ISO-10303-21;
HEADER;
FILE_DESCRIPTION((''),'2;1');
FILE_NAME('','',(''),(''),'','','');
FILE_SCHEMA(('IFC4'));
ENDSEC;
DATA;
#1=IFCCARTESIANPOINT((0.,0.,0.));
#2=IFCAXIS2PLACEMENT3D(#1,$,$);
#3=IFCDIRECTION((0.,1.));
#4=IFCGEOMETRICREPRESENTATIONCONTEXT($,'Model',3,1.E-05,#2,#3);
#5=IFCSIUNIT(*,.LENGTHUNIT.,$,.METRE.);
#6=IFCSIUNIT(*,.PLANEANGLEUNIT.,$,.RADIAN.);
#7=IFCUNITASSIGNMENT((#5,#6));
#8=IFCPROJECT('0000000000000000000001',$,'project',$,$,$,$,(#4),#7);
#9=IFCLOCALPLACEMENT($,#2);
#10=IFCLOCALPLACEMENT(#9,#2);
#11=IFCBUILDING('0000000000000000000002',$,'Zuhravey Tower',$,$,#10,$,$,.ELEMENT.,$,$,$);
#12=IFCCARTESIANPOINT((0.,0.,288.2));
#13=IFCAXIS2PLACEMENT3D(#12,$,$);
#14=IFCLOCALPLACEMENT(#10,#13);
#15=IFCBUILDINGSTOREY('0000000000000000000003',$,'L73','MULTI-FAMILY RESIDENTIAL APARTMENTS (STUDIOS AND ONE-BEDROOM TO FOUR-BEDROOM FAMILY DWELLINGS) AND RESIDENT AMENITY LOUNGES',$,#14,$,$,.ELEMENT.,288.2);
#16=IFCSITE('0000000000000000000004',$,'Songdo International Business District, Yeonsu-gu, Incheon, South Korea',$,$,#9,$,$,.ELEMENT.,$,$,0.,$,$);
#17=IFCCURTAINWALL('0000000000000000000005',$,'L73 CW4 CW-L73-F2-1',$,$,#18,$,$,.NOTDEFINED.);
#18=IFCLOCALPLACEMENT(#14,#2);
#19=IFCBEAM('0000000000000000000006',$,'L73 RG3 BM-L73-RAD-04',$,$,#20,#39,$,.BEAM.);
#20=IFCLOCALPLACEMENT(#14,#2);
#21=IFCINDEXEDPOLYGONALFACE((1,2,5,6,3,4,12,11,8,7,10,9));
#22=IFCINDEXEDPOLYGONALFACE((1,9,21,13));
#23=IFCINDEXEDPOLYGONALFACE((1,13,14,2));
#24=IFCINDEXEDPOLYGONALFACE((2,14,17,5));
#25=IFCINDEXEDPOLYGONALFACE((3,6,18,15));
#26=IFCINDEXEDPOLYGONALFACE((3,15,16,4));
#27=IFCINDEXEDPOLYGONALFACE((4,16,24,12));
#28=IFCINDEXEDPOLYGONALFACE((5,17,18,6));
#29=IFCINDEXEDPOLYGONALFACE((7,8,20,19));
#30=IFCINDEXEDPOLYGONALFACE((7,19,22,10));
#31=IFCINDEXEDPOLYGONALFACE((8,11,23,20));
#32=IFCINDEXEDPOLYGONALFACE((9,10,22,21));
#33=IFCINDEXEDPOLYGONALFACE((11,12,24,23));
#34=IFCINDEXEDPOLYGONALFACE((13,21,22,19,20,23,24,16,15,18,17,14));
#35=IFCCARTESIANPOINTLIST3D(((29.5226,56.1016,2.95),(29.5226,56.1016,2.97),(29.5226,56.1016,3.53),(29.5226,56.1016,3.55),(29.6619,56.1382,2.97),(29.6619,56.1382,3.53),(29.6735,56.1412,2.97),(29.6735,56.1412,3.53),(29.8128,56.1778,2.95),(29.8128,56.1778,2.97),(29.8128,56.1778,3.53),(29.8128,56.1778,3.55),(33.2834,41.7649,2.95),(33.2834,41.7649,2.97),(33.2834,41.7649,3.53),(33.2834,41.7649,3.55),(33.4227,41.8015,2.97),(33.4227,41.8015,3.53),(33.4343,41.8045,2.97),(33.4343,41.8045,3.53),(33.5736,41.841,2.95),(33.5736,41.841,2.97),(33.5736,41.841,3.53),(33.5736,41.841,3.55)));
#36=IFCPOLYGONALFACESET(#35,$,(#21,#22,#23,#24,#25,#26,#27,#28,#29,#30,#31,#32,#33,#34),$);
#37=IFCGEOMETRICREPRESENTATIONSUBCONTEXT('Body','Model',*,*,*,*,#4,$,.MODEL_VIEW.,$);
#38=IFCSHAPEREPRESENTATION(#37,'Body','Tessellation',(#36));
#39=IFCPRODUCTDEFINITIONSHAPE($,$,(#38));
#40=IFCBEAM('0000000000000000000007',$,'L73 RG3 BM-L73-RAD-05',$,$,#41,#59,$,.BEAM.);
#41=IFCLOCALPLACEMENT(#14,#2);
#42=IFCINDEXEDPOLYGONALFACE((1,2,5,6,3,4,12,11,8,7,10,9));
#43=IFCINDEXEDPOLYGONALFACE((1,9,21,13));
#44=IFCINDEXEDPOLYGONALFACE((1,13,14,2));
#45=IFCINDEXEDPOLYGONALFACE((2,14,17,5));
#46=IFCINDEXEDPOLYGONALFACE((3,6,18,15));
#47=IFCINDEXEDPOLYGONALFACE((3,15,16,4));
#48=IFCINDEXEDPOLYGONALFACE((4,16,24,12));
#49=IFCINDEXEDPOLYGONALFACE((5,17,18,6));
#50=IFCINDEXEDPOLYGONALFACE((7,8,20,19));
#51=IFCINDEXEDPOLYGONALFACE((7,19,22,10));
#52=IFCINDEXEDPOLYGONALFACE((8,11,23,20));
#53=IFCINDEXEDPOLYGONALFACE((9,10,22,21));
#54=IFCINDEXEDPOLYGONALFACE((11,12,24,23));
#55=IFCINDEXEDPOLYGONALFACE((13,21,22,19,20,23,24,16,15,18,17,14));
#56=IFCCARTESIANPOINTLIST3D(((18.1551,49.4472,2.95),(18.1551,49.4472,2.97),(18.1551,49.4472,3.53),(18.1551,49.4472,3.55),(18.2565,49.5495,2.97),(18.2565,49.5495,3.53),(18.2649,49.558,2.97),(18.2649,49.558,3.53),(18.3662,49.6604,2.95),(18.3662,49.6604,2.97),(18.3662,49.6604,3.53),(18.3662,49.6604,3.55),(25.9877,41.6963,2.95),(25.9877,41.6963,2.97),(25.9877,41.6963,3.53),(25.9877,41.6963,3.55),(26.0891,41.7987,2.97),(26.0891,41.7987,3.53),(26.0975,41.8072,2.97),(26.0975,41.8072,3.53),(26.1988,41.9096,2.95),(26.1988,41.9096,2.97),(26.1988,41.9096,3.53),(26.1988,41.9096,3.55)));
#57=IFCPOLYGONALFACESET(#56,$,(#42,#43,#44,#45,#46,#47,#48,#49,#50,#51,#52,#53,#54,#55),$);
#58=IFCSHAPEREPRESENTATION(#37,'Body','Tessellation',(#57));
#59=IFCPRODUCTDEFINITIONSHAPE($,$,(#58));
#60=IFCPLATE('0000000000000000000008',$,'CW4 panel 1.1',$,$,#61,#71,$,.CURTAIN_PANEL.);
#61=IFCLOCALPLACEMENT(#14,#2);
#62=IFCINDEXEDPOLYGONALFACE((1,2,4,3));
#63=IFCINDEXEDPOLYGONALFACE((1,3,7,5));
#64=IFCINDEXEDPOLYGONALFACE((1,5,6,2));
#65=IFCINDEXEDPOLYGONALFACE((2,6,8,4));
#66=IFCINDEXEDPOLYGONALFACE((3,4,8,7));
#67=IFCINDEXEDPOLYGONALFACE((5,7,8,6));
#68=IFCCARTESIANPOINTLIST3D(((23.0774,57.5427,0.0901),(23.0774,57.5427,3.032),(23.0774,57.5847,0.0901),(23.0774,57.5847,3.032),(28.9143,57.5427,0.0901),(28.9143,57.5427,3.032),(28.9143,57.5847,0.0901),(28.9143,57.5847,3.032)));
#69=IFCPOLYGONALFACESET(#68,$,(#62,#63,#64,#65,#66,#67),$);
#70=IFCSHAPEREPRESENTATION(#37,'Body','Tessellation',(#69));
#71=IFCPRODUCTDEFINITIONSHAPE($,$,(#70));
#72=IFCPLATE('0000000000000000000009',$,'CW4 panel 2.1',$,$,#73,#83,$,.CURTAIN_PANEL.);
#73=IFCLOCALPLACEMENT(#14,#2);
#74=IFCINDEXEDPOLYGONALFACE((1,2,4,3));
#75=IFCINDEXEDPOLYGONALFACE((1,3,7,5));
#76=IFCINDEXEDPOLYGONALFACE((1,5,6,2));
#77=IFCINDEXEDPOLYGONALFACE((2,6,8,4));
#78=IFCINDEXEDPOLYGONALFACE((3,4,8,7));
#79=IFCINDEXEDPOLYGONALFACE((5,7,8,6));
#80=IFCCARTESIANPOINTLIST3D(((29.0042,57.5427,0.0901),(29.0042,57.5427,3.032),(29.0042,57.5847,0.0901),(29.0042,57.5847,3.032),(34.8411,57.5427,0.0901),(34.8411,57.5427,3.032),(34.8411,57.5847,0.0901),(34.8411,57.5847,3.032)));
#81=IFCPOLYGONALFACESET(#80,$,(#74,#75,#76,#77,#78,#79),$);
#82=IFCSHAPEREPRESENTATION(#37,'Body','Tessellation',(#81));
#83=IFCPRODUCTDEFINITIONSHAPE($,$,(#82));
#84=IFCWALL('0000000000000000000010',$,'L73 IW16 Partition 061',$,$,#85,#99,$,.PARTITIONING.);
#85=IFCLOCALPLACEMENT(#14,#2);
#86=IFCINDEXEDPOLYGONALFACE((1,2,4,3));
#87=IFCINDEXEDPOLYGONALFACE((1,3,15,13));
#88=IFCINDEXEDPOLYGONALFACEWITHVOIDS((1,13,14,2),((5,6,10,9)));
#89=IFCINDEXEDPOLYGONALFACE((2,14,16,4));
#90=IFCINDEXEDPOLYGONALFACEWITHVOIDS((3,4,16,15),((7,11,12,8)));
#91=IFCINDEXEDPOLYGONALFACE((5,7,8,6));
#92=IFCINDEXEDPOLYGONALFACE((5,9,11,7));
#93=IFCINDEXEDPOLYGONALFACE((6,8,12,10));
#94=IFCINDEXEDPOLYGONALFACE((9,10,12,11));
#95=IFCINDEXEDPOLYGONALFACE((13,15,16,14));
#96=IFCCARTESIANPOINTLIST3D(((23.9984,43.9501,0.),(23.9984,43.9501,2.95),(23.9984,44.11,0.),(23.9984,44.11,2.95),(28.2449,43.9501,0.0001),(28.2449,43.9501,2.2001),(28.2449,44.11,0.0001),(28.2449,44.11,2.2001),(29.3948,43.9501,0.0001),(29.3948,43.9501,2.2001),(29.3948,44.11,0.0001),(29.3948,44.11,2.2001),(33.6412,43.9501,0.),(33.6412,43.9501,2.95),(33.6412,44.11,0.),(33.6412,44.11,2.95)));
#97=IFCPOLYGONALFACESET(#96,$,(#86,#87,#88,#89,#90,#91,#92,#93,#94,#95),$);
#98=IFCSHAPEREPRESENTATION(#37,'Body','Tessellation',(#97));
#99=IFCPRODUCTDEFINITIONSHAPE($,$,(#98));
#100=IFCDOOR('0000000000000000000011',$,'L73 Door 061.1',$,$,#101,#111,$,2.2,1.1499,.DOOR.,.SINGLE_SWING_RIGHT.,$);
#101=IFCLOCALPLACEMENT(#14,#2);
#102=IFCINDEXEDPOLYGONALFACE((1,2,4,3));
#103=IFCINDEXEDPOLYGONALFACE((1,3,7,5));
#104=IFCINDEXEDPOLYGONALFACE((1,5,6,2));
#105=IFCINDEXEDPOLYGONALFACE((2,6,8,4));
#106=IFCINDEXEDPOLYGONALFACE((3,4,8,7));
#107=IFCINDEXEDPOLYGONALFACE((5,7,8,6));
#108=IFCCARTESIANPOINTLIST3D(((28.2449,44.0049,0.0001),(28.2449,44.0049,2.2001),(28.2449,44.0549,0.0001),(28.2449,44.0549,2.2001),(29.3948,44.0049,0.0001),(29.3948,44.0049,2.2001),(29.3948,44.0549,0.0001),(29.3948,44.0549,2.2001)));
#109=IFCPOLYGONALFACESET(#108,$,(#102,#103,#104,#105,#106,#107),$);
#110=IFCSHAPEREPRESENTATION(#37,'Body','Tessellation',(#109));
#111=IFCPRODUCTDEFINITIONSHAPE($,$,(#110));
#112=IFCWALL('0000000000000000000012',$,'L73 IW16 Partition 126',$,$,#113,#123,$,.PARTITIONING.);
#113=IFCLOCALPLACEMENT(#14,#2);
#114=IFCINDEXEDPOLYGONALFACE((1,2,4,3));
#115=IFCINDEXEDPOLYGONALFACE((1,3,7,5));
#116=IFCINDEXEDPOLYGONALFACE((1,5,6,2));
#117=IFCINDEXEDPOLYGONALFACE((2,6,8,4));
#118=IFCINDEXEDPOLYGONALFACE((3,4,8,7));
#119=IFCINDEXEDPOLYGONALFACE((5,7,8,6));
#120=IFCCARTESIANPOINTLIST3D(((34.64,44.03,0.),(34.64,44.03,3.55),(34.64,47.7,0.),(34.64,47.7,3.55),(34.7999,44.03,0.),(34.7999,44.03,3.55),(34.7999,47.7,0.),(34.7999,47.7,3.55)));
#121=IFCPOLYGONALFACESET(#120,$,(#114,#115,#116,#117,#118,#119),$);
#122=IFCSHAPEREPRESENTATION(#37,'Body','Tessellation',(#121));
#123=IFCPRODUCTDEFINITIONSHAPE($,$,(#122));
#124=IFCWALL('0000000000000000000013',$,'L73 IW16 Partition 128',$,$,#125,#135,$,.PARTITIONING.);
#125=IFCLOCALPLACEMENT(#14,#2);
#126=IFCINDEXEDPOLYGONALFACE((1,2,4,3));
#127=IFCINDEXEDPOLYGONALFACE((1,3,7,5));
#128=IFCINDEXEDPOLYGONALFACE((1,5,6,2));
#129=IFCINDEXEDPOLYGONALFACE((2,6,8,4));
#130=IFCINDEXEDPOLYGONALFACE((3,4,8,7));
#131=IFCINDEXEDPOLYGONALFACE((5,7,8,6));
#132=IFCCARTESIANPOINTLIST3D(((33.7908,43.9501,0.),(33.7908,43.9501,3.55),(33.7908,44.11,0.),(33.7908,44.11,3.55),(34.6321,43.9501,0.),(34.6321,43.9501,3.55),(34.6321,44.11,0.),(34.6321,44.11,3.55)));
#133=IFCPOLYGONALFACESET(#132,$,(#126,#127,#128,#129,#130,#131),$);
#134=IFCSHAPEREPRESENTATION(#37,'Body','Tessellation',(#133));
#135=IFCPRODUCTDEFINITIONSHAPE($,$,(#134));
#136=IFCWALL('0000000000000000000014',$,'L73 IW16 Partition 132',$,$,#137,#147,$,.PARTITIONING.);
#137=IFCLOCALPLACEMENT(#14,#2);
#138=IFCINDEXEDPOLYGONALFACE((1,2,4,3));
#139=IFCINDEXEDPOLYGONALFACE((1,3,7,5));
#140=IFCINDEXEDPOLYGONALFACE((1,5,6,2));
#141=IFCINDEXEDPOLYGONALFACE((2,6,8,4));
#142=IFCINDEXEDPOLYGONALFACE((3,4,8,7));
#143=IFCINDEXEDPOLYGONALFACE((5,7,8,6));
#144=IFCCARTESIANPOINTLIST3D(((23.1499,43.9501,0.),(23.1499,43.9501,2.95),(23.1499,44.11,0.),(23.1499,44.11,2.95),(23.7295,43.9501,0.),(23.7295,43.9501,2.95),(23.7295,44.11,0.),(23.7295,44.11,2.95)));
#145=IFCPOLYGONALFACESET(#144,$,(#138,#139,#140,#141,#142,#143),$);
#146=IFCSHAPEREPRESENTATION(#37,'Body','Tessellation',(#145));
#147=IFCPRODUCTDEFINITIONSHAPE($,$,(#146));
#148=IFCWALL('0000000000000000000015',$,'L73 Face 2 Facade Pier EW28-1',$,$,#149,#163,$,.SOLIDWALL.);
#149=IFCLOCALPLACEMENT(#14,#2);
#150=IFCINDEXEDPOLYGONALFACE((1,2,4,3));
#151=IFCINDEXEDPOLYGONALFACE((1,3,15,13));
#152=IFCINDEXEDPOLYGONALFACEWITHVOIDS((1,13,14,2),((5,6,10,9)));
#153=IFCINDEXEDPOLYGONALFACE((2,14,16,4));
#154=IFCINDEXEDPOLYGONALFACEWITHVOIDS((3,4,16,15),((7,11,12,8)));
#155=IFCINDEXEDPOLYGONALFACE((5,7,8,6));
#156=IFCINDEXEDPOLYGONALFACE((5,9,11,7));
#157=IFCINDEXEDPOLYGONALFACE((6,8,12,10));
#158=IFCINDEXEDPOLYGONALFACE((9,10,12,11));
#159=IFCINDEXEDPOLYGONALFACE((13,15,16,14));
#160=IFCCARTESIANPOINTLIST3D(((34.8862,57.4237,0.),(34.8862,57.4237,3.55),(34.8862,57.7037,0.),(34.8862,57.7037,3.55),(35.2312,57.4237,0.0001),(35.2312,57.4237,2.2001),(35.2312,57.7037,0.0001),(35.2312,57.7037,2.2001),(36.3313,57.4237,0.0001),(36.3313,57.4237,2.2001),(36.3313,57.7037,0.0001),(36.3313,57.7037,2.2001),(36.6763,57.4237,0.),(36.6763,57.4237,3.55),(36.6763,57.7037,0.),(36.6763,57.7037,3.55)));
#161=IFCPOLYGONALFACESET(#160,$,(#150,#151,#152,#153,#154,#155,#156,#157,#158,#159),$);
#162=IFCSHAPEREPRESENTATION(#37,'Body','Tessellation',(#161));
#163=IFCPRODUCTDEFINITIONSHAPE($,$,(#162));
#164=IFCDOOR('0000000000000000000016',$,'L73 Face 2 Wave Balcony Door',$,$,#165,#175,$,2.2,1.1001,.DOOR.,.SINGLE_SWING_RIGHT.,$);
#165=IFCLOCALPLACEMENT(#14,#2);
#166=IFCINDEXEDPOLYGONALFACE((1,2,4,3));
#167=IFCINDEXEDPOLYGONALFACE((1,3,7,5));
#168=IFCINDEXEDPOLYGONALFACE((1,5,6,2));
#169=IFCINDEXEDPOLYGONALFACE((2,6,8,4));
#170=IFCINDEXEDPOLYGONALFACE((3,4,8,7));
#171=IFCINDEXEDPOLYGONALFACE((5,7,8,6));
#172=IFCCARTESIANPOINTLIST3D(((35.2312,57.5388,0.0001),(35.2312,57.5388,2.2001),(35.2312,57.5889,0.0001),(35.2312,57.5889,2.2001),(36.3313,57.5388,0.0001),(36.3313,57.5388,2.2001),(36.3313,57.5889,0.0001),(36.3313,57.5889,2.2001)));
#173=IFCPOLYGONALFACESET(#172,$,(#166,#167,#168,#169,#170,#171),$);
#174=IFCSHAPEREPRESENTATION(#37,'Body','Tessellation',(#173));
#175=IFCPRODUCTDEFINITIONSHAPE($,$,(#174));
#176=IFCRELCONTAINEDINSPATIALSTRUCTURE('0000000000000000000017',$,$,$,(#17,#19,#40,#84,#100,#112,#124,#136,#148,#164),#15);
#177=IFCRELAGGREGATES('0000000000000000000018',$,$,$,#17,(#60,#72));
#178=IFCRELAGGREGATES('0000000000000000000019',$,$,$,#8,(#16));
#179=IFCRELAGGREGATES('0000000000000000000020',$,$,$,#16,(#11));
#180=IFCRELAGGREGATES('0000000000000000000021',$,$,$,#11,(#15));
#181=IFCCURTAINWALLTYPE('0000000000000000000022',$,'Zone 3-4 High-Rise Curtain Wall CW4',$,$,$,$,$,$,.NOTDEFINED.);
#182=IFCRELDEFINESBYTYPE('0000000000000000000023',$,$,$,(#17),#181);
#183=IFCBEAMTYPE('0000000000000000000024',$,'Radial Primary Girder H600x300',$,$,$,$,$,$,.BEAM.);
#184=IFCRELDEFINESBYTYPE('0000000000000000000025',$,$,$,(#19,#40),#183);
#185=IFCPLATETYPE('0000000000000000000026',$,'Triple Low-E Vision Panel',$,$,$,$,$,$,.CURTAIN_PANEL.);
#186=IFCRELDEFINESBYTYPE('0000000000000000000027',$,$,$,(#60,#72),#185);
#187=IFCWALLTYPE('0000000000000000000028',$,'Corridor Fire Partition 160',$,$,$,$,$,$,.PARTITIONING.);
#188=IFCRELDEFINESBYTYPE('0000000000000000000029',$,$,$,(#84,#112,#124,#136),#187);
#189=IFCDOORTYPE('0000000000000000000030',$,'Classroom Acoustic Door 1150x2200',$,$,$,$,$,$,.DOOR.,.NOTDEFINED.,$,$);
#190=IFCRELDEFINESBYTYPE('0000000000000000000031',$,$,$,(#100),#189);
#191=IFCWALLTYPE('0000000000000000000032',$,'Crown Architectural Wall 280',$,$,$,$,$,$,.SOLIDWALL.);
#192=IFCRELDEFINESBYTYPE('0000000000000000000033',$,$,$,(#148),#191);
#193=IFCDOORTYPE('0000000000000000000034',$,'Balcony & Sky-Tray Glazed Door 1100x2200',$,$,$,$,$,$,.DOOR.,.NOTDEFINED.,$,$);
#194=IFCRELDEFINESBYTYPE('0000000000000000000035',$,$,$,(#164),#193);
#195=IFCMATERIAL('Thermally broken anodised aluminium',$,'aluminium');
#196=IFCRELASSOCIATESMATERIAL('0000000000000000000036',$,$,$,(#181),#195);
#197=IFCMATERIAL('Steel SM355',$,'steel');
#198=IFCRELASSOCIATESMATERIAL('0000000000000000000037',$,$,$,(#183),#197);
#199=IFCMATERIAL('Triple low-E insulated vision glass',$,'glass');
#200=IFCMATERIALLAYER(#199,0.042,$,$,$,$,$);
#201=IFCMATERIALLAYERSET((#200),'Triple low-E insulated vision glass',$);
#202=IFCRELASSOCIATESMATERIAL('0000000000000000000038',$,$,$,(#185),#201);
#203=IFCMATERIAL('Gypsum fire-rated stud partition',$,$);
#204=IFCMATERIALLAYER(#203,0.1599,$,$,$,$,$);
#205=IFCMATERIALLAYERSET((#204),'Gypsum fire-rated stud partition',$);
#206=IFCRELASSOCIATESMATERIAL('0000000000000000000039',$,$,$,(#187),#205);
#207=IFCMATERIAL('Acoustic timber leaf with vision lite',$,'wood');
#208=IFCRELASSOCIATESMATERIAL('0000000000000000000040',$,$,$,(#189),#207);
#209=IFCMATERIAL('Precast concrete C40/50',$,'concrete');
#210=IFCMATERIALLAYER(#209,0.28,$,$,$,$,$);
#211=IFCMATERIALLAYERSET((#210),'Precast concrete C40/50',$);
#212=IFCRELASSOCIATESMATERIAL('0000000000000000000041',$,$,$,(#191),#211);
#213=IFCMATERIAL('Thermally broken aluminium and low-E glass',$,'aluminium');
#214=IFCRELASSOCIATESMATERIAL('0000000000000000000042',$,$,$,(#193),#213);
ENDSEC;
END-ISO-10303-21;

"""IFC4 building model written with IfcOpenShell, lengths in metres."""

from ifc_helpers import new_model, si_unit, direction, frame, frame_2d, origin, origin_2d, place, context, subcontext, project, spatial, rectangle, i_section, extrude, material, layer, layer_set, material_profile, profile_set, type_object, element, fill, aggregate, save


model = new_model("IFC4")

# Units and contexts
model_context = context("Model", 3, precision=1e-05, world=origin(), true_north=direction((0.0, 1.0)))
body_context = subcontext(model_context, "Body", "Model", "MODEL_VIEW")
ifc_project = project(units=[si_unit("LENGTHUNIT", "METRE"), si_unit("PLANEANGLEUNIT", "RADIAN")], contexts=[model_context])

# Site, building, storey
site_placement = place(None, origin())
site = spatial("IfcSite", under=ifc_project, at=site_placement, Name="Songdo International Business District, Yeonsu-gu, Incheon, South Korea", CompositionType="ELEMENT", RefElevation=0.0)
building_placement = place(site_placement, origin())
building = spatial("IfcBuilding", under=site, at=building_placement, Name="Zuhravey Tower", CompositionType="ELEMENT")
storey_placement = place(building_placement, frame((0.0, 0.0, 288.2)))
storey = spatial("IfcBuildingStorey", under=building, at=storey_placement, Name="L73", Description="MULTI-FAMILY RESIDENTIAL APARTMENTS (STUDIOS AND ONE-BEDROOM TO FOUR-BEDROOM FAMILY DWELLINGS) AND RESIDENT AMENITY LOUNGES", CompositionType="ELEMENT", Elevation=288.2)

# Curtain wall
ifc_material_1 = material(Name="Thermally broken anodised aluminium", Category="aluminium")
curtain_wall_type = type_object("IfcCurtainWallType", Name="Zone 3-4 High-Rise Curtain Wall CW4", PredefinedType="NOTDEFINED", material=ifc_material_1)
curtain_wall_placement = place(storey_placement, origin())
curtain_wall = element("IfcCurtainWall", 1, at=curtain_wall_placement, inside=storey, type_object=curtain_wall_type, Name="L73 CW4 CW-L73-F2-1", PredefinedType="NOTDEFINED")

# Beams
ifc_material_2 = material(Name="Steel SM355", Category="steel")
ifc_material_profile_1 = material_profile(ifc_material_2, i_section(OverallWidth=0.3, OverallDepth=0.6001, WebThickness=0.012, FlangeThickness=0.02, at=origin_2d()), Name="H-600x300x12x20")
ifc_profile_set_1 = profile_set([ifc_material_profile_1], Name="Steel SM355")
beam_type_1 = type_object("IfcBeamType", Name="Radial Primary Girder H600x300", PredefinedType="BEAM", material=ifc_profile_set_1)
beam_1_placement = place(storey_placement, frame((33.4285, 41.803, 3.25), z_axis=(-0.253732, 0.967275, 0.0), x_axis=(-0.967275, -0.253732, 0.0)))
element("IfcBeam", 2, at=beam_1_placement, inside=storey, type_object=beam_type_1, Name="L73 RG3 BM-L73-RAD-04", PredefinedType="BEAM", context=body_context, shape_type="SweptSolid", body=[
    extrude(i_section(OverallWidth=0.3, OverallDepth=0.6001, WebThickness=0.012, FlangeThickness=0.02, at=origin_2d()), origin(), (0.0, 0.0, 1.0), 14.8218),
])
beam_2_placement = place(storey_placement, frame((26.0933, 41.803, 3.25), z_axis=(-0.710808, 0.703386, 0.0), x_axis=(-0.703386, -0.710808, 0.0)))
element("IfcBeam", 3, at=beam_2_placement, inside=storey, type_object=beam_type_1, Name="L73 RG3 BM-L73-RAD-05", PredefinedType="BEAM", context=body_context, shape_type="SweptSolid", body=[
    extrude(i_section(OverallWidth=0.3, OverallDepth=0.6001, WebThickness=0.012, FlangeThickness=0.02, at=origin_2d()), origin(), (0.0, 0.0, 1.0), 11.0193),
])

# Plates
ifc_material_3 = material(Name="Triple low-E insulated vision glass", Category="glass")
ifc_layer_1 = layer(ifc_material_3, 0.042)
ifc_layer_set_1 = layer_set([ifc_layer_1], Name="Triple low-E insulated vision glass")
plate_type = type_object("IfcPlateType", Name="Triple Low-E Vision Panel", PredefinedType="CURTAIN_PANEL", material=ifc_layer_set_1)
plate_1_placement = place(storey_placement, frame((25.9958, 57.5637, 0.0901), z_axis=(0.0, 0.0, 1.0), x_axis=(1.0, 0.0, 0.0)))
plate_1 = element("IfcPlate", 4, at=plate_1_placement, type_object=plate_type, Name="CW4 panel 1.1", PredefinedType="CURTAIN_PANEL", context=body_context, shape_type="SweptSolid", body=[
    extrude(rectangle(XDim=5.8369, YDim=0.042, at=origin_2d()), origin(), (0.0, 0.0, 1.0), 2.9419),
])
plate_2_placement = place(storey_placement, frame((31.9226, 57.5637, 0.0901), z_axis=(0.0, 0.0, 1.0), x_axis=(1.0, 0.0, 0.0)))
plate_2 = element("IfcPlate", 5, at=plate_2_placement, type_object=plate_type, Name="CW4 panel 2.1", PredefinedType="CURTAIN_PANEL", context=body_context, shape_type="SweptSolid", body=[
    extrude(rectangle(XDim=5.8369, YDim=0.042, at=origin_2d()), origin(), (0.0, 0.0, 1.0), 2.9419),
])
aggregate(curtain_wall, [plate_1, plate_2])

# Wall, opening, door
ifc_material_4 = material(Name="Gypsum fire-rated stud partition")
ifc_layer_2 = layer(ifc_material_4, 0.1599)
ifc_layer_set_2 = layer_set([ifc_layer_2], Name="Gypsum fire-rated stud partition")
wall_type_1 = type_object("IfcWallType", Name="Corridor Fire Partition 160", PredefinedType="PARTITIONING", material=ifc_layer_set_2)
wall_1_placement = place(storey_placement, frame((33.6411, 44.03, 0.0), z_axis=(0.0, 0.0, 1.0), x_axis=(-1.0, 0.0, 0.0)))
wall_1 = element("IfcWall", 6, at=wall_1_placement, inside=storey, type_object=wall_type_1, Name="L73 IW16 Partition 061", PredefinedType="PARTITIONING", context=body_context, shape_type="SweptSolid", body=[
    extrude(rectangle(XDim=9.6428, YDim=0.1599, at=frame_2d((4.8213, 0.0))), origin(), (0.0, 0.0, 1.0), 2.95),
])
opening_1_placement = place(wall_1_placement, frame((4.2463, 0.0, 0.0)))
opening_1 = element("IfcOpeningElement", 7, at=opening_1_placement, cuts=wall_1, PredefinedType="OPENING", context=body_context, shape_type="SweptSolid", body=[
    extrude(rectangle(XDim=1.1499, YDim=2.2, at=frame_2d((0.575, 1.1001))), frame((0.0, 0.092, 0.0), z_axis=(0.0, -1.0, 0.0), x_axis=(1.0, 0.0, 0.0)), (0.0, 0.0, 1.0), 0.1838),
])
ifc_material_5 = material(Name="Acoustic timber leaf with vision lite", Category="wood")
door_type_1 = type_object("IfcDoorType", Name="Classroom Acoustic Door 1150x2200", OperationType="NOTDEFINED", PredefinedType="DOOR", material=ifc_material_5)
door_1_placement = place(opening_1_placement, frame((1.1499, 0.0, 0.0), z_axis=(0.0, 0.0, 1.0), x_axis=(-1.0, 0.0, 0.0)))
door_1 = element("IfcDoor", 8, at=door_1_placement, inside=storey, type_object=door_type_1, Name="L73 Door 061.1", OperationType="SINGLE_SWING_RIGHT", OverallHeight=2.2, OverallWidth=1.1499, PredefinedType="DOOR", context=body_context, shape_type="SweptSolid", body=[
    extrude(rectangle(XDim=1.1499, YDim=2.2, at=frame_2d((0.575, 1.1001))), frame((0.0, 0.0249, 0.0), z_axis=(0.0, -1.0, 0.0), x_axis=(1.0, 0.0, 0.0)), (0.0, 0.0, 1.0), 0.05),
])
fill(opening_1, door_1)

# Walls
wall_2_placement = place(storey_placement, frame((34.72, 47.7, 0.0), z_axis=(0.0, 0.0, 1.0), x_axis=(0.0, -1.0, 0.0)))
element("IfcWall", 9, at=wall_2_placement, inside=storey, type_object=wall_type_1, Name="L73 IW16 Partition 126", PredefinedType="PARTITIONING", context=body_context, shape_type="SweptSolid", body=[
    extrude(rectangle(XDim=3.6699, YDim=0.1599, at=frame_2d((1.835, 0.0))), origin(), (0.0, 0.0, 1.0), 3.55),
])
wall_3_placement = place(storey_placement, frame((34.6321, 44.03, 0.0), z_axis=(0.0, 0.0, 1.0), x_axis=(-1.0, 0.0, 0.0)))
element("IfcWall", 10, at=wall_3_placement, inside=storey, type_object=wall_type_1, Name="L73 IW16 Partition 128", PredefinedType="PARTITIONING", context=body_context, shape_type="SweptSolid", body=[
    extrude(rectangle(XDim=0.8413, YDim=0.1599, at=frame_2d((0.4207, 0.0))), origin(), (0.0, 0.0, 1.0), 3.55),
])
wall_4_placement = place(storey_placement, frame((23.7295, 44.03, 0.0), z_axis=(0.0, 0.0, 1.0), x_axis=(-1.0, 0.0, 0.0)))
element("IfcWall", 11, at=wall_4_placement, inside=storey, type_object=wall_type_1, Name="L73 IW16 Partition 132", PredefinedType="PARTITIONING", context=body_context, shape_type="SweptSolid", body=[
    extrude(rectangle(XDim=0.5796, YDim=0.1599, at=frame_2d((0.2898, 0.0))), origin(), (0.0, 0.0, 1.0), 2.95),
])

# Wall, opening, door
ifc_material_6 = material(Name="Precast concrete C40/50", Category="concrete")
ifc_layer_3 = layer(ifc_material_6, 0.28)
ifc_layer_set_3 = layer_set([ifc_layer_3], Name="Precast concrete C40/50")
wall_type_2 = type_object("IfcWallType", Name="Crown Architectural Wall 280", PredefinedType="SOLIDWALL", material=ifc_layer_set_3)
wall_5_placement = place(storey_placement, frame((34.8862, 57.5637, 0.0), z_axis=(0.0, 0.0, 1.0), x_axis=(1.0, 0.0, 0.0)))
wall_5 = element("IfcWall", 12, at=wall_5_placement, inside=storey, type_object=wall_type_2, Name="L73 Face 2 Facade Pier EW28-1", PredefinedType="SOLIDWALL", context=body_context, shape_type="SweptSolid", body=[
    extrude(rectangle(XDim=1.79, YDim=0.28, at=frame_2d((0.895, 0.0))), origin(), (0.0, 0.0, 1.0), 3.55),
])
opening_2_placement = place(wall_5_placement, frame((0.345, 0.0, 0.0)))
opening_2 = element("IfcOpeningElement", 13, at=opening_2_placement, cuts=wall_5, PredefinedType="OPENING", context=body_context, shape_type="SweptSolid", body=[
    extrude(rectangle(XDim=1.1001, YDim=2.2, at=frame_2d((0.55, 1.1001))), frame((0.0, 0.1521, 0.0), z_axis=(0.0, -1.0, 0.0), x_axis=(1.0, 0.0, 0.0)), (0.0, 0.0, 1.0), 0.304),
])
ifc_material_7 = material(Name="Thermally broken aluminium and low-E glass", Category="aluminium")
door_type_2 = type_object("IfcDoorType", Name="Balcony & Sky-Tray Glazed Door 1100x2200", OperationType="NOTDEFINED", PredefinedType="DOOR", material=ifc_material_7)
door_2_placement = place(opening_2_placement, frame((1.1001, 0.0, 0.0), z_axis=(0.0, 0.0, 1.0), x_axis=(-1.0, 0.0, 0.0)))
door_2 = element("IfcDoor", 14, at=door_2_placement, inside=storey, type_object=door_type_2, Name="L73 Face 2 Wave Balcony Door", OperationType="SINGLE_SWING_RIGHT", OverallHeight=2.2, OverallWidth=1.1001, PredefinedType="DOOR", context=body_context, shape_type="SweptSolid", body=[
    extrude(rectangle(XDim=1.1001, YDim=2.2, at=frame_2d((0.55, 1.1001))), frame((0.0, 0.0249, 0.0), z_axis=(0.0, -1.0, 0.0), x_axis=(1.0, 0.0, 0.0)), (0.0, 0.0, 1.0), 0.05),
])
fill(opening_2, door_2)

save(model, "model.ifc")
